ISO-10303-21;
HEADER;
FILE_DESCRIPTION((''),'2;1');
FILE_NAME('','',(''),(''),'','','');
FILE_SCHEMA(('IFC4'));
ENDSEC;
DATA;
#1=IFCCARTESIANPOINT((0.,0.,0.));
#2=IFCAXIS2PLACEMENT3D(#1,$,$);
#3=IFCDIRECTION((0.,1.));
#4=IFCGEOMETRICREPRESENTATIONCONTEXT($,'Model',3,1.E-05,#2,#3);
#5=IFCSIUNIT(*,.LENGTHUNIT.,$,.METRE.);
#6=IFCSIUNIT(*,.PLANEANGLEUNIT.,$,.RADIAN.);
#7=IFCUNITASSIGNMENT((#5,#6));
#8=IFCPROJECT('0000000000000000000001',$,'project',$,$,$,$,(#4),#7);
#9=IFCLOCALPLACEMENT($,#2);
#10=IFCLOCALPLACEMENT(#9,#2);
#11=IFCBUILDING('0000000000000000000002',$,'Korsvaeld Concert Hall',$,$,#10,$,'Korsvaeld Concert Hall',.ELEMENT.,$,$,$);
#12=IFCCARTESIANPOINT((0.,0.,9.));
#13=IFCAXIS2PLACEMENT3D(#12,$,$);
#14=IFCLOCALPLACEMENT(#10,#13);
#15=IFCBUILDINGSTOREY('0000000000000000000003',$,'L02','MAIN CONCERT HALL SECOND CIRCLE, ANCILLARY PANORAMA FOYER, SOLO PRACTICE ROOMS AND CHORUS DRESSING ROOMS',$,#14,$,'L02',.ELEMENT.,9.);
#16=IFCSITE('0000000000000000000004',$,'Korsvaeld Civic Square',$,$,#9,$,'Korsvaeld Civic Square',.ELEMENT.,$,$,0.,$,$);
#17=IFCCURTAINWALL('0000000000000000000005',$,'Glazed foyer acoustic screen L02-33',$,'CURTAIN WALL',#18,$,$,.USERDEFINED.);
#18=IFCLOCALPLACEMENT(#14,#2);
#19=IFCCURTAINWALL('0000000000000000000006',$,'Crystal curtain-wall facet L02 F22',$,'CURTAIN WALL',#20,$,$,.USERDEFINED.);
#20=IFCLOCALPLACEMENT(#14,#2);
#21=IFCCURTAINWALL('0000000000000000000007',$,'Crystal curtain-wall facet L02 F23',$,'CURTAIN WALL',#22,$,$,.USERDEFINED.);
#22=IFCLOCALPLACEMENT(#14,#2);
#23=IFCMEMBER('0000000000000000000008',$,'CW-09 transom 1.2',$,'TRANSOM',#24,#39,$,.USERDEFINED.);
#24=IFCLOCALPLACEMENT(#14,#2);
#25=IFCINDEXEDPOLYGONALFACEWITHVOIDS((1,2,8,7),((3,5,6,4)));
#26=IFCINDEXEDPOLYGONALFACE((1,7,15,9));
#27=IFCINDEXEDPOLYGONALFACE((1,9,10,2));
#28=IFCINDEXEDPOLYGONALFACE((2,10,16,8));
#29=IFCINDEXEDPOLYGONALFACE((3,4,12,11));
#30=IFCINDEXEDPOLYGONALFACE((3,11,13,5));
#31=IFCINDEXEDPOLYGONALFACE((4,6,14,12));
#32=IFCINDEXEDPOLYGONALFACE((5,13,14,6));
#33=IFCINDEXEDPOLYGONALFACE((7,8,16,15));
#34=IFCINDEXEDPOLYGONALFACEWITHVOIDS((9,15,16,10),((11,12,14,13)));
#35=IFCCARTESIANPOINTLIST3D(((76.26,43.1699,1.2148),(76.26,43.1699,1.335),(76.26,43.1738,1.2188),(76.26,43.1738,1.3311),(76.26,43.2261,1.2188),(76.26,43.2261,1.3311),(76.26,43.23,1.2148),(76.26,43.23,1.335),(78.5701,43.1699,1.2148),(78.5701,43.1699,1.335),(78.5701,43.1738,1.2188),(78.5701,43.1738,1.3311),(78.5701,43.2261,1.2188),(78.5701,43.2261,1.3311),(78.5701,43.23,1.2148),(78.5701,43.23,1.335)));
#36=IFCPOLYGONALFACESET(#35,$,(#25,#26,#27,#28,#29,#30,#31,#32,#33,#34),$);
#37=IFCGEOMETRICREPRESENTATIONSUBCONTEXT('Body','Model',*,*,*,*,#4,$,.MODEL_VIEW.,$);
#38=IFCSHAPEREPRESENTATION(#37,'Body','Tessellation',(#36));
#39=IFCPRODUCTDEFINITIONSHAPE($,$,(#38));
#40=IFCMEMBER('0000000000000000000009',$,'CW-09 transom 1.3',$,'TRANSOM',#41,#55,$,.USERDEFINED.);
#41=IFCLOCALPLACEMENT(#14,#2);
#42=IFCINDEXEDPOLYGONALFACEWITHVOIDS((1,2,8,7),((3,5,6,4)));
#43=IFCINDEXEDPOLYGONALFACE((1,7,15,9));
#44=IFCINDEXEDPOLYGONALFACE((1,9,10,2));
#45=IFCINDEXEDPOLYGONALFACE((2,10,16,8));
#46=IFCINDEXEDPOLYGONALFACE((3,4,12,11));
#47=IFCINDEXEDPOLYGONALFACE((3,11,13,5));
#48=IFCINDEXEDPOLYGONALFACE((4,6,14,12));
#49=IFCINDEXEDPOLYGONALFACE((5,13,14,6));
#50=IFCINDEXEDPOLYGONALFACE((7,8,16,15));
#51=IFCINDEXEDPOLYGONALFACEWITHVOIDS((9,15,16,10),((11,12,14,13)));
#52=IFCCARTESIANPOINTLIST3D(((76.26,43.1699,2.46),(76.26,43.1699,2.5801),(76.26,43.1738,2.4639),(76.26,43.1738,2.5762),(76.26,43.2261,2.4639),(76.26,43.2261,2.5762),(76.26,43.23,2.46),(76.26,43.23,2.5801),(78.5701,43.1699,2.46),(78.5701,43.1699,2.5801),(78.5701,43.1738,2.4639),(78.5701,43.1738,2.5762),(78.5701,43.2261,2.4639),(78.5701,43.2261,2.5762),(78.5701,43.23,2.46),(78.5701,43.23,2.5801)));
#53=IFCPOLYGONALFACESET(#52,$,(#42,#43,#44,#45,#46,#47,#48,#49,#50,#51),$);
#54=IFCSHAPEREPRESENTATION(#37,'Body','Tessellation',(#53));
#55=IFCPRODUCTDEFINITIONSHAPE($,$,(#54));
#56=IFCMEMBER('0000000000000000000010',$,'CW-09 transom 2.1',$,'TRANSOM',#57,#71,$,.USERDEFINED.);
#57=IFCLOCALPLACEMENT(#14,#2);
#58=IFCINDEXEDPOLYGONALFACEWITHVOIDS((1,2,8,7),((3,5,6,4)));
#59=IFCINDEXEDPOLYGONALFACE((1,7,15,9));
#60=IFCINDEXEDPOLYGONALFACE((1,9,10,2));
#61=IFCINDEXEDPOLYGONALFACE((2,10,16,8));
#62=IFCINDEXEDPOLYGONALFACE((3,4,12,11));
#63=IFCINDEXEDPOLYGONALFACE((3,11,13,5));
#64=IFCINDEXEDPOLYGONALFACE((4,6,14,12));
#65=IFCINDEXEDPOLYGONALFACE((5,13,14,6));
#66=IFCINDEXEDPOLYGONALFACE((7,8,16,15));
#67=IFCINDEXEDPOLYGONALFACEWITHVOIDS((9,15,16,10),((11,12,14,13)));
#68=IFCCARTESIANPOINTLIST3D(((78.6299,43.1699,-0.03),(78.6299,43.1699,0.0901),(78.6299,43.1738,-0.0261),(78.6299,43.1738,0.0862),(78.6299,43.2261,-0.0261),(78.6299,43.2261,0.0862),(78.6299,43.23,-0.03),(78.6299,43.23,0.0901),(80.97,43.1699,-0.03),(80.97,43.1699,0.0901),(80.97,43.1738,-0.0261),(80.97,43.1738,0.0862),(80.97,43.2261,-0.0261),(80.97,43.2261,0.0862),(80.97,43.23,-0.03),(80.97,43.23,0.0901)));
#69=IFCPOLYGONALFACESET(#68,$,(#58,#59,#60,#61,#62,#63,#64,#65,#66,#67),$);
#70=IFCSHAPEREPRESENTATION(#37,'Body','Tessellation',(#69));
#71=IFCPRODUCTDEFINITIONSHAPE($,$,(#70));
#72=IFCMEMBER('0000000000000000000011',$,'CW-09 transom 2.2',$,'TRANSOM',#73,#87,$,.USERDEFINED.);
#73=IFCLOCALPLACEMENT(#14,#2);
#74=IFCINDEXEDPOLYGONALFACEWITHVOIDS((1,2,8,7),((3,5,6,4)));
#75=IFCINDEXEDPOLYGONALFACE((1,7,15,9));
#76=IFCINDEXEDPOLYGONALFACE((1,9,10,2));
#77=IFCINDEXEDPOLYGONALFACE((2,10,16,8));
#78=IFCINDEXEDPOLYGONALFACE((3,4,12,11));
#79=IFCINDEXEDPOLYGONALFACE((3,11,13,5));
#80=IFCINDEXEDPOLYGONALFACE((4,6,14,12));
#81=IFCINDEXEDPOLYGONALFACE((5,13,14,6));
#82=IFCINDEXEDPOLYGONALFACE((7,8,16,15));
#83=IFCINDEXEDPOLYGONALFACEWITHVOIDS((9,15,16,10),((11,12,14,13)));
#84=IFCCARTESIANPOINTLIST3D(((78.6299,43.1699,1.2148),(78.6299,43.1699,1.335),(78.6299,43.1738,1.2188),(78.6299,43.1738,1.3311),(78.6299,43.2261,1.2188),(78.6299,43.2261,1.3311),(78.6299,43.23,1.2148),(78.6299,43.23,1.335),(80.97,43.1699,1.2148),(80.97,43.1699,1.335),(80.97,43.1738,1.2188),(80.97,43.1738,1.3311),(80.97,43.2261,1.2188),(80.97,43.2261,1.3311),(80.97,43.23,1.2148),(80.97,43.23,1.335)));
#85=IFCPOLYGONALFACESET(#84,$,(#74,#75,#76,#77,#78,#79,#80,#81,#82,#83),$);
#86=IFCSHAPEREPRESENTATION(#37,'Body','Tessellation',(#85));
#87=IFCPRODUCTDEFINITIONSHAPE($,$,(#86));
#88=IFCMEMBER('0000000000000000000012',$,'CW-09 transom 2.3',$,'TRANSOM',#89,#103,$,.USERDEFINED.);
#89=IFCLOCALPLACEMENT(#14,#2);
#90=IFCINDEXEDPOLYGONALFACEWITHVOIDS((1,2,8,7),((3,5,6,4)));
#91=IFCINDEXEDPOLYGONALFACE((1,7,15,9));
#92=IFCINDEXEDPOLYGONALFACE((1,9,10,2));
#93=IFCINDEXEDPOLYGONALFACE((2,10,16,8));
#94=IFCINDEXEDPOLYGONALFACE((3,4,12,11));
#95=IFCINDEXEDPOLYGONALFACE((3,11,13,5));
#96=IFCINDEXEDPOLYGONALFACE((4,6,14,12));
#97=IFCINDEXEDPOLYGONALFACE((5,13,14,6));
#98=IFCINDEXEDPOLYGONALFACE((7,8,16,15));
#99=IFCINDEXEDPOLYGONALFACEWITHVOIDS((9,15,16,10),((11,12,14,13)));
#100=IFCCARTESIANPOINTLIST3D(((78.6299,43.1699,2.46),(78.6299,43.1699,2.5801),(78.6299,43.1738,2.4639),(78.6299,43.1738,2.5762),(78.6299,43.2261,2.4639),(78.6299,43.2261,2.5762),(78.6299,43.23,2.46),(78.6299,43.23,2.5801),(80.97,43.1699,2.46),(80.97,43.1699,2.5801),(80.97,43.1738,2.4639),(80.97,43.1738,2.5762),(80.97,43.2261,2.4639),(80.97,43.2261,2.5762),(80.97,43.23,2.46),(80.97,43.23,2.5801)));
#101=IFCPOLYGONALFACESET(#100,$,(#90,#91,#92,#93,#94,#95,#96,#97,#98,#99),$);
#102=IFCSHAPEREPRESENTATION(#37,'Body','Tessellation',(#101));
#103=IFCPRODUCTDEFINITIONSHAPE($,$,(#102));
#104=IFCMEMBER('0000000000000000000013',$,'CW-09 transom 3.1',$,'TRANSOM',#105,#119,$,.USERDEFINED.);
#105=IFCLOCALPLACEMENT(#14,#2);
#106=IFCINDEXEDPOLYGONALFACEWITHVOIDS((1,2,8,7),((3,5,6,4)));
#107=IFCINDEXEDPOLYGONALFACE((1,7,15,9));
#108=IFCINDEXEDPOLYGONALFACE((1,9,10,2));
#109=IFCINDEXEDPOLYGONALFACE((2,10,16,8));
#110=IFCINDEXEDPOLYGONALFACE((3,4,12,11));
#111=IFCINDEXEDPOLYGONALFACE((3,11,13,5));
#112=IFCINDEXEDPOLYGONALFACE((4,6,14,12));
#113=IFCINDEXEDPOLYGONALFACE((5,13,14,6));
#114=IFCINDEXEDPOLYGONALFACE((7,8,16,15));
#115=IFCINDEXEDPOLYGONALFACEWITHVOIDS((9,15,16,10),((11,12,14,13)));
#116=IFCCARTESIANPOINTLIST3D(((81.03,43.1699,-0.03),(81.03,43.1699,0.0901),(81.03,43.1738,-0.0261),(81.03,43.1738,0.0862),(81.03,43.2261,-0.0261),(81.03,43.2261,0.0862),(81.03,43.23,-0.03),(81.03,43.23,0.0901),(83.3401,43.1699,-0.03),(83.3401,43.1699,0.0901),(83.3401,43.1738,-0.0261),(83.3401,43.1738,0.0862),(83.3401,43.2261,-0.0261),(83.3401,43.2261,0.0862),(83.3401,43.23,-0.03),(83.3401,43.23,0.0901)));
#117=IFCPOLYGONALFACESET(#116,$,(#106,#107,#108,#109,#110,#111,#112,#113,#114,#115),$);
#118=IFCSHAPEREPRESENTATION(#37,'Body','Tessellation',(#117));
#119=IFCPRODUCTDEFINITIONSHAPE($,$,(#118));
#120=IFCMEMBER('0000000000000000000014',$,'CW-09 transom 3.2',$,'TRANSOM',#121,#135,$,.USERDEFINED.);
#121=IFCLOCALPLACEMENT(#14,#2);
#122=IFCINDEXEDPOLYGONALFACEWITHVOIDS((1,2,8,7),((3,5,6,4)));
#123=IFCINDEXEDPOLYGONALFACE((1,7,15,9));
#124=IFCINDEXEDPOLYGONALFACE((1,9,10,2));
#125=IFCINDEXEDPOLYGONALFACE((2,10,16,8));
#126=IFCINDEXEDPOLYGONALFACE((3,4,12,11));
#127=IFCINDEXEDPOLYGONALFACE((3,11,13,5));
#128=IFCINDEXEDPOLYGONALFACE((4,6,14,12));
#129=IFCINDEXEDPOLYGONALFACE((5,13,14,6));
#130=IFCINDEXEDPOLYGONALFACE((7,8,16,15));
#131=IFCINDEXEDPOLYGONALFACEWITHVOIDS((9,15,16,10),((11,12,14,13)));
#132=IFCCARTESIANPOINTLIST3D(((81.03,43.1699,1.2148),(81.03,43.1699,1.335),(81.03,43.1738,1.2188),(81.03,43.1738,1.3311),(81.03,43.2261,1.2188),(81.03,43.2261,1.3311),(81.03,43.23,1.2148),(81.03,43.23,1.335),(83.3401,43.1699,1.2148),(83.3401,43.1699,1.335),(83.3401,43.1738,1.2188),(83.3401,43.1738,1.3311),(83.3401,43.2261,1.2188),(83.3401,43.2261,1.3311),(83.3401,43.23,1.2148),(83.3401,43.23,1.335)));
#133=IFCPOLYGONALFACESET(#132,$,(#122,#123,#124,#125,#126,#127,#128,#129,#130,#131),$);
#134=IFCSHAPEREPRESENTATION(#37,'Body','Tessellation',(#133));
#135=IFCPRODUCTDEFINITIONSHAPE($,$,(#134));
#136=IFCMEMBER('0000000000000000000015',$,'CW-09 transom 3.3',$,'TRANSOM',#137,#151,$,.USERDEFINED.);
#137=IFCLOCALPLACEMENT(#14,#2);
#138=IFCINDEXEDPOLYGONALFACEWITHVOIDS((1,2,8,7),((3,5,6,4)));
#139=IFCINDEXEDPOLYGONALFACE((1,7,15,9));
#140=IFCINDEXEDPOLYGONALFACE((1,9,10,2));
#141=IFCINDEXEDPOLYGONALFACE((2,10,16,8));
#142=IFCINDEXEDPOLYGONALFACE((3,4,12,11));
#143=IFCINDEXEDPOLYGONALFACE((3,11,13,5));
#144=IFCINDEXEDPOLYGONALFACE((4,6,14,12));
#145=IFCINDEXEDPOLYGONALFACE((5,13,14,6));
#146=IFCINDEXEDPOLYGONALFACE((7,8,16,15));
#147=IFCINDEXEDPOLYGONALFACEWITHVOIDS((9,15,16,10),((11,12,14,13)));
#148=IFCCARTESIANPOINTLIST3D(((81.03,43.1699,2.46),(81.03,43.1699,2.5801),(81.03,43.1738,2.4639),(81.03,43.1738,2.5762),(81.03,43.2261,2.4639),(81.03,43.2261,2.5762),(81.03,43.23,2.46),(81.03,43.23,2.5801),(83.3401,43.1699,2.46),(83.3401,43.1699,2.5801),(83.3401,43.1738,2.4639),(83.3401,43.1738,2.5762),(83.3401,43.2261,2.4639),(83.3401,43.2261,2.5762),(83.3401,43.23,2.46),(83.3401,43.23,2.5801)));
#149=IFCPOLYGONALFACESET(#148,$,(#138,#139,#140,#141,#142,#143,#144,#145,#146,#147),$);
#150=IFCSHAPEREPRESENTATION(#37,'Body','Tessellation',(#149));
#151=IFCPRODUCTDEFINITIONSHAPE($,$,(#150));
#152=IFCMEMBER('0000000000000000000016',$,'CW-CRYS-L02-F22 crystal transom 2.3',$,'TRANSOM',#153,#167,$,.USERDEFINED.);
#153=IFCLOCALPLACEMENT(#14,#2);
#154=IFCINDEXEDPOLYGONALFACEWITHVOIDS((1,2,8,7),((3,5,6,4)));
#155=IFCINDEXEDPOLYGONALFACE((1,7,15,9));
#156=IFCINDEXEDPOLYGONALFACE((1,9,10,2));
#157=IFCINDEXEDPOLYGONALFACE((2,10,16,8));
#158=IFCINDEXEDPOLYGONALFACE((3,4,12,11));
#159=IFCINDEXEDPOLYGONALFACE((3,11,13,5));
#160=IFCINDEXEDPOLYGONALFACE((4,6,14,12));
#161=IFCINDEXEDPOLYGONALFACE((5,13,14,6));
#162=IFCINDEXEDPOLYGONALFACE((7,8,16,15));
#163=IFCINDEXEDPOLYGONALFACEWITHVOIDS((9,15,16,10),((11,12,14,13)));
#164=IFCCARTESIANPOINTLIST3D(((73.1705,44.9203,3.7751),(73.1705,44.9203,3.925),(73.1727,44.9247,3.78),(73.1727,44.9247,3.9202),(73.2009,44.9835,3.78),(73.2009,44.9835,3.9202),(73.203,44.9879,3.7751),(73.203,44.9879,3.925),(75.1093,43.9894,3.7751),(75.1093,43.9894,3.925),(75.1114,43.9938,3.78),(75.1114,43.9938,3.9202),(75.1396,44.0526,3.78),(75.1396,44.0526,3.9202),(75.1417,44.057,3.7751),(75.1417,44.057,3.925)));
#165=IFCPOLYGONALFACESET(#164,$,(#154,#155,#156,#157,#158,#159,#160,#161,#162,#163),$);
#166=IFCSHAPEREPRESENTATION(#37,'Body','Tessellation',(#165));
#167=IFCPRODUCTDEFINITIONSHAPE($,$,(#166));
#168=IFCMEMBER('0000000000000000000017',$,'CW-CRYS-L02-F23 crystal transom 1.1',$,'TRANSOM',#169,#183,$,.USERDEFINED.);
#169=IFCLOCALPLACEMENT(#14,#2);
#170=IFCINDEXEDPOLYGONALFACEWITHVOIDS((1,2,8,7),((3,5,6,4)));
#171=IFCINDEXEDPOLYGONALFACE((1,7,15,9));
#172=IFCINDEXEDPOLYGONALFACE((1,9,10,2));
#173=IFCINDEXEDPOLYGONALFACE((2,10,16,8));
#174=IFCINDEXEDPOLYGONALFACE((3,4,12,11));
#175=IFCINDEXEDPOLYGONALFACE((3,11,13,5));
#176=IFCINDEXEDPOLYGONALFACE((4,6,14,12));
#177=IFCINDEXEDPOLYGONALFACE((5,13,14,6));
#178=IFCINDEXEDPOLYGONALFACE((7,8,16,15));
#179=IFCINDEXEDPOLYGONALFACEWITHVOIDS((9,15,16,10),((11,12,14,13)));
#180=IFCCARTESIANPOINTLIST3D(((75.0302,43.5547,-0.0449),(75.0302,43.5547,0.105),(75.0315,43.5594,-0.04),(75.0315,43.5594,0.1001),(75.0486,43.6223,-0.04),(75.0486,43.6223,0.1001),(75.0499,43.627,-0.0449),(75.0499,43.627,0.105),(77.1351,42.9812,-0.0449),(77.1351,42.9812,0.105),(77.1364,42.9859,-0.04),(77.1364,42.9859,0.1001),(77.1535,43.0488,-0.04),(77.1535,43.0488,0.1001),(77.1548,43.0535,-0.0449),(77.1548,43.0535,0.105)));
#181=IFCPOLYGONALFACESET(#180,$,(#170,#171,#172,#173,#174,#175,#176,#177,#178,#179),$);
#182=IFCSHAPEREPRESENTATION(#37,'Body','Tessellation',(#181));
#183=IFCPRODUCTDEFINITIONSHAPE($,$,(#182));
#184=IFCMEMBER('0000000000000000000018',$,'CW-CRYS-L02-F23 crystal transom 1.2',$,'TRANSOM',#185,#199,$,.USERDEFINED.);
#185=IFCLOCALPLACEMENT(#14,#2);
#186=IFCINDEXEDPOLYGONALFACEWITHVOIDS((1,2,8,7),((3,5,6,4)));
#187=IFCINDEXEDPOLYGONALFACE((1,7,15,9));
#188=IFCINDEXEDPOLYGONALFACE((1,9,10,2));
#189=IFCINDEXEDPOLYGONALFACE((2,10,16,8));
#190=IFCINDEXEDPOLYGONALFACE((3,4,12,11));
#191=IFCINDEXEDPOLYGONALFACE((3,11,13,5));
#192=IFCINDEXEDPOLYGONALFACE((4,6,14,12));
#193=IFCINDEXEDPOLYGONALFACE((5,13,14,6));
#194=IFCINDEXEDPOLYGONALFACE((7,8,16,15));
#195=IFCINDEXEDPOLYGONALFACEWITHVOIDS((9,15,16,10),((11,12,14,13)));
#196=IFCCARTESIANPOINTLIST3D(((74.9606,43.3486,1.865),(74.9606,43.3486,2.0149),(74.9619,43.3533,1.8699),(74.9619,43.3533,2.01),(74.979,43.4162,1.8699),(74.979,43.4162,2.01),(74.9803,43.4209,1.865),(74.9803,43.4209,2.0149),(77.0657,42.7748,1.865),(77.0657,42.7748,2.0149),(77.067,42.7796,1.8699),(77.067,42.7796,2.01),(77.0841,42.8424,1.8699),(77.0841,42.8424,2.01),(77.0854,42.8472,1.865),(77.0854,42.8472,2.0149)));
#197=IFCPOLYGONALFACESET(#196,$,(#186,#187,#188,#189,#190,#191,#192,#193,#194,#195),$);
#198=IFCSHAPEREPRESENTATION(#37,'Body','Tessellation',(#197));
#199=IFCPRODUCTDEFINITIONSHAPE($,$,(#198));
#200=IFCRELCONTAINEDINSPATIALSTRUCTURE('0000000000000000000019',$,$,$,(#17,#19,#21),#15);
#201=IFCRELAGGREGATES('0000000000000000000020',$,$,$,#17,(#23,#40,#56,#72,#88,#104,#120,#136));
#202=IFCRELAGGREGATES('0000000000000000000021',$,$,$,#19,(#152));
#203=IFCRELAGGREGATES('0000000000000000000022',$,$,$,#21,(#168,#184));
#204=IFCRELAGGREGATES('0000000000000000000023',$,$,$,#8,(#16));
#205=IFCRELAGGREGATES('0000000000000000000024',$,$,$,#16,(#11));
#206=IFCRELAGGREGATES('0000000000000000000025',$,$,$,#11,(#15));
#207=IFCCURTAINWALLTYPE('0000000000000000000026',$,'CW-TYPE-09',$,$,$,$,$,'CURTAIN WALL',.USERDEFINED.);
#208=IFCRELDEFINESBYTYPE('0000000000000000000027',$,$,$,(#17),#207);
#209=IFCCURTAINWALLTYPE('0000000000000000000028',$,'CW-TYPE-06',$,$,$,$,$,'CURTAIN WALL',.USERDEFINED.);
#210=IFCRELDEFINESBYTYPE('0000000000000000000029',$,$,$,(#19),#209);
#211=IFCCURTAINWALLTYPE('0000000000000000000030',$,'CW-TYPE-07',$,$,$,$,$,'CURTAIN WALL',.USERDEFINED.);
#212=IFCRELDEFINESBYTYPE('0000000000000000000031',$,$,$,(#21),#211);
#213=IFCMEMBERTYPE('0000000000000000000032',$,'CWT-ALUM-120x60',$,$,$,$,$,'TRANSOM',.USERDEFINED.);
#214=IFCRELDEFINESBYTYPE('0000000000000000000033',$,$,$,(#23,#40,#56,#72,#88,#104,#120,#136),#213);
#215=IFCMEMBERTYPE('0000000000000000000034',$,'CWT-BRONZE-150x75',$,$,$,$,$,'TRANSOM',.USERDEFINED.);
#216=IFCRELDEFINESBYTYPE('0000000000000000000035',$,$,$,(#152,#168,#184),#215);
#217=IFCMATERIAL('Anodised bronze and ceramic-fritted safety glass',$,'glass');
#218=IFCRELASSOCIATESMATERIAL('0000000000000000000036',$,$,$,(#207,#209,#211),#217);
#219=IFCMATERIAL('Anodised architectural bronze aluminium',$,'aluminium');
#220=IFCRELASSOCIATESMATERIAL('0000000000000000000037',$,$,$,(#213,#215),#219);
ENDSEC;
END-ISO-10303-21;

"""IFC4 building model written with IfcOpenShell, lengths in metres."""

from ifc_helpers import new_model, si_unit, direction, frame, origin, origin_2d, place, context, subcontext, project, spatial, hollow_rectangle, extrude, material, material_profile, profile_set, type_object, element, aggregate, save


model = new_model("IFC4")

# Units and contexts
model_context = context("Model", 3, precision=1e-05, world=origin(), true_north=direction((0.0, 1.0)))
body_context = subcontext(model_context, "Body", "Model", "MODEL_VIEW")
ifc_project = project(units=[si_unit("LENGTHUNIT", "METRE"), si_unit("PLANEANGLEUNIT", "RADIAN")], contexts=[model_context])

# Site, building, storey
site_placement = place(None, origin())
site = spatial("IfcSite", under=ifc_project, at=site_placement, Name="Korsvaeld Civic Square", LongName="Korsvaeld Civic Square", CompositionType="ELEMENT", RefElevation=0.0)
building_placement = place(site_placement, origin())
building = spatial("IfcBuilding", under=site, at=building_placement, Name="Korsvaeld Concert Hall", LongName="Korsvaeld Concert Hall", CompositionType="ELEMENT")
storey_placement = place(building_placement, frame((0.0, 0.0, 9.0)))
storey = spatial("IfcBuildingStorey", under=building, at=storey_placement, Name="L02", Description="MAIN CONCERT HALL SECOND CIRCLE, ANCILLARY PANORAMA FOYER, SOLO PRACTICE ROOMS AND CHORUS DRESSING ROOMS", LongName="L02", CompositionType="ELEMENT", Elevation=9.0)

# Shared definitions
ifc_material_1 = material(Name="Anodised bronze and ceramic-fritted safety glass", Category="glass")
ifc_material_2 = material(Name="Anodised architectural bronze aluminium", Category="aluminium")

# Curtain wall
curtain_wall_type_1 = type_object("IfcCurtainWallType", Name="CW-TYPE-09", ElementType="CURTAIN WALL", PredefinedType="USERDEFINED", material=ifc_material_1)
curtain_wall_1_placement = place(storey_placement, origin())
curtain_wall_1 = element("IfcCurtainWall", 1, at=curtain_wall_1_placement, inside=storey, type_object=curtain_wall_type_1, Name="Glazed foyer acoustic screen L02-33", ObjectType="CURTAIN WALL", PredefinedType="USERDEFINED")

# Curtain walls
curtain_wall_type_2 = type_object("IfcCurtainWallType", Name="CW-TYPE-06", ElementType="CURTAIN WALL", PredefinedType="USERDEFINED", material=ifc_material_1)
curtain_wall_2_placement = place(storey_placement, origin())
curtain_wall_2 = element("IfcCurtainWall", 2, at=curtain_wall_2_placement, inside=storey, type_object=curtain_wall_type_2, Name="Crystal curtain-wall facet L02 F22", ObjectType="CURTAIN WALL", PredefinedType="USERDEFINED")
curtain_wall_type_3 = type_object("IfcCurtainWallType", Name="CW-TYPE-07", ElementType="CURTAIN WALL", PredefinedType="USERDEFINED", material=ifc_material_1)
curtain_wall_3_placement = place(storey_placement, origin())
curtain_wall_3 = element("IfcCurtainWall", 3, at=curtain_wall_3_placement, inside=storey, type_object=curtain_wall_type_3, Name="Crystal curtain-wall facet L02 F23", ObjectType="CURTAIN WALL", PredefinedType="USERDEFINED")

# Members
ifc_material_profile_1 = material_profile(ifc_material_2, hollow_rectangle(XDim=0.0601, YDim=0.1201, WallThickness=0.0039, at=origin_2d()), Name="CWT 120x60x4")
ifc_profile_set_1 = profile_set([ifc_material_profile_1], Name="Anodised architectural bronze aluminium")
member_type_1 = type_object("IfcMemberType", Name="CWT-ALUM-120x60", ElementType="TRANSOM", PredefinedType="USERDEFINED", material=ifc_profile_set_1)
member_1_placement = place(storey_placement, frame((76.26, 43.2, 1.2749), z_axis=(1.0, 0.0, 0.0), x_axis=(0.0, 1.0, 0.0)))
member_1 = element("IfcMember", 4, at=member_1_placement, type_object=member_type_1, Name="CW-09 transom 1.2", ObjectType="TRANSOM", PredefinedType="USERDEFINED", context=body_context, shape_type="SweptSolid", body=[
    extrude(hollow_rectangle(XDim=0.0601, YDim=0.1201, WallThickness=0.0039, at=origin_2d()), origin(), (0.0, 0.0, 1.0), 2.3101),
])
member_2_placement = place(storey_placement, frame((76.26, 43.2, 2.52), z_axis=(1.0, 0.0, 0.0), x_axis=(0.0, 1.0, 0.0)))
member_2 = element("IfcMember", 5, at=member_2_placement, type_object=member_type_1, Name="CW-09 transom 1.3", ObjectType="TRANSOM", PredefinedType="USERDEFINED", context=body_context, shape_type="SweptSolid", body=[
    extrude(hollow_rectangle(XDim=0.0601, YDim=0.1201, WallThickness=0.0039, at=origin_2d()), origin(), (0.0, 0.0, 1.0), 2.3101),
])
member_3_placement = place(storey_placement, frame((78.6299, 43.2, 0.03), z_axis=(1.0, 0.0, 0.0), x_axis=(0.0, 1.0, 0.0)))
member_3 = element("IfcMember", 6, at=member_3_placement, type_object=member_type_1, Name="CW-09 transom 2.1", ObjectType="TRANSOM", PredefinedType="USERDEFINED", context=body_context, shape_type="SweptSolid", body=[
    extrude(hollow_rectangle(XDim=0.0601, YDim=0.1201, WallThickness=0.0039, at=origin_2d()), origin(), (0.0, 0.0, 1.0), 2.3401),
])
member_4_placement = place(storey_placement, frame((78.6299, 43.2, 1.2749), z_axis=(1.0, 0.0, 0.0), x_axis=(0.0, 1.0, 0.0)))
member_4 = element("IfcMember", 7, at=member_4_placement, type_object=member_type_1, Name="CW-09 transom 2.2", ObjectType="TRANSOM", PredefinedType="USERDEFINED", context=body_context, shape_type="SweptSolid", body=[
    extrude(hollow_rectangle(XDim=0.0601, YDim=0.1201, WallThickness=0.0039, at=origin_2d()), origin(), (0.0, 0.0, 1.0), 2.3401),
])
member_5_placement = place(storey_placement, frame((78.6299, 43.2, 2.52), z_axis=(1.0, 0.0, 0.0), x_axis=(0.0, 1.0, 0.0)))
member_5 = element("IfcMember", 8, at=member_5_placement, type_object=member_type_1, Name="CW-09 transom 2.3", ObjectType="TRANSOM", PredefinedType="USERDEFINED", context=body_context, shape_type="SweptSolid", body=[
    extrude(hollow_rectangle(XDim=0.0601, YDim=0.1201, WallThickness=0.0039, at=origin_2d()), origin(), (0.0, 0.0, 1.0), 2.3401),
])
member_6_placement = place(storey_placement, frame((81.03, 43.2, 0.03), z_axis=(1.0, 0.0, 0.0), x_axis=(0.0, 1.0, 0.0)))
member_6 = element("IfcMember", 9, at=member_6_placement, type_object=member_type_1, Name="CW-09 transom 3.1", ObjectType="TRANSOM", PredefinedType="USERDEFINED", context=body_context, shape_type="SweptSolid", body=[
    extrude(hollow_rectangle(XDim=0.0601, YDim=0.1201, WallThickness=0.0039, at=origin_2d()), origin(), (0.0, 0.0, 1.0), 2.3101),
])
member_7_placement = place(storey_placement, frame((81.03, 43.2, 1.2749), z_axis=(1.0, 0.0, 0.0), x_axis=(0.0, 1.0, 0.0)))
member_7 = element("IfcMember", 10, at=member_7_placement, type_object=member_type_1, Name="CW-09 transom 3.2", ObjectType="TRANSOM", PredefinedType="USERDEFINED", context=body_context, shape_type="SweptSolid", body=[
    extrude(hollow_rectangle(XDim=0.0601, YDim=0.1201, WallThickness=0.0039, at=origin_2d()), origin(), (0.0, 0.0, 1.0), 2.3101),
])
member_8_placement = place(storey_placement, frame((81.03, 43.2, 2.52), z_axis=(1.0, 0.0, 0.0), x_axis=(0.0, 1.0, 0.0)))
member_8 = element("IfcMember", 11, at=member_8_placement, type_object=member_type_1, Name="CW-09 transom 3.3", ObjectType="TRANSOM", PredefinedType="USERDEFINED", context=body_context, shape_type="SweptSolid", body=[
    extrude(hollow_rectangle(XDim=0.0601, YDim=0.1201, WallThickness=0.0039, at=origin_2d()), origin(), (0.0, 0.0, 1.0), 2.3101),
])
ifc_material_profile_2 = material_profile(ifc_material_2, hollow_rectangle(XDim=0.075, YDim=0.1499, WallThickness=0.0049, at=origin_2d()), Name="CWT 150x75x5")
ifc_profile_set_2 = profile_set([ifc_material_profile_2], Name="Anodised architectural bronze aluminium")
member_type_2 = type_object("IfcMemberType", Name="CWT-BRONZE-150x75", ElementType="TRANSOM", PredefinedType="USERDEFINED", material=ifc_profile_set_2)
member_9_placement = place(storey_placement, frame((73.1868, 44.9541, 3.8501), z_axis=(0.901465, -0.432853, 0.0), x_axis=(0.432853, 0.901465, 0.0)))
member_9 = element("IfcMember", 12, at=member_9_placement, type_object=member_type_2, Name="CW-CRYS-L02-F22 crystal transom 2.3", ObjectType="TRANSOM", PredefinedType="USERDEFINED", context=body_context, shape_type="SweptSolid", body=[
    extrude(hollow_rectangle(XDim=0.075, YDim=0.1499, WallThickness=0.0049, at=origin_2d()), origin(), (0.0, 0.0, 1.0), 2.1506),
])
member_10_placement = place(storey_placement, frame((75.04, 43.5908, 0.03), z_axis=(0.964834, -0.262862, 0.0), x_axis=(0.262862, 0.964834, 0.0)))
member_10 = element("IfcMember", 13, at=member_10_placement, type_object=member_type_2, Name="CW-CRYS-L02-F23 crystal transom 1.1", ObjectType="TRANSOM", PredefinedType="USERDEFINED", context=body_context, shape_type="SweptSolid", body=[
    extrude(hollow_rectangle(XDim=0.075, YDim=0.1499, WallThickness=0.0049, at=origin_2d()), origin(), (0.0, 0.0, 1.0), 2.1816),
])
member_11_placement = place(storey_placement, frame((74.9705, 43.3848, 1.9399), z_axis=(0.964805, -0.262966, 0.0), x_axis=(0.262966, 0.964805, 0.0)))
member_11 = element("IfcMember", 14, at=member_11_placement, type_object=member_type_2, Name="CW-CRYS-L02-F23 crystal transom 1.2", ObjectType="TRANSOM", PredefinedType="USERDEFINED", context=body_context, shape_type="SweptSolid", body=[
    extrude(hollow_rectangle(XDim=0.075, YDim=0.1499, WallThickness=0.0049, at=origin_2d()), origin(), (0.0, 0.0, 1.0), 2.1819),
])

aggregate(curtain_wall_1, [member_1, member_2, member_3, member_4, member_5, member_6, member_7, member_8])
aggregate(curtain_wall_2, [member_9])
aggregate(curtain_wall_3, [member_10, member_11])

save(model, "model.ifc")
